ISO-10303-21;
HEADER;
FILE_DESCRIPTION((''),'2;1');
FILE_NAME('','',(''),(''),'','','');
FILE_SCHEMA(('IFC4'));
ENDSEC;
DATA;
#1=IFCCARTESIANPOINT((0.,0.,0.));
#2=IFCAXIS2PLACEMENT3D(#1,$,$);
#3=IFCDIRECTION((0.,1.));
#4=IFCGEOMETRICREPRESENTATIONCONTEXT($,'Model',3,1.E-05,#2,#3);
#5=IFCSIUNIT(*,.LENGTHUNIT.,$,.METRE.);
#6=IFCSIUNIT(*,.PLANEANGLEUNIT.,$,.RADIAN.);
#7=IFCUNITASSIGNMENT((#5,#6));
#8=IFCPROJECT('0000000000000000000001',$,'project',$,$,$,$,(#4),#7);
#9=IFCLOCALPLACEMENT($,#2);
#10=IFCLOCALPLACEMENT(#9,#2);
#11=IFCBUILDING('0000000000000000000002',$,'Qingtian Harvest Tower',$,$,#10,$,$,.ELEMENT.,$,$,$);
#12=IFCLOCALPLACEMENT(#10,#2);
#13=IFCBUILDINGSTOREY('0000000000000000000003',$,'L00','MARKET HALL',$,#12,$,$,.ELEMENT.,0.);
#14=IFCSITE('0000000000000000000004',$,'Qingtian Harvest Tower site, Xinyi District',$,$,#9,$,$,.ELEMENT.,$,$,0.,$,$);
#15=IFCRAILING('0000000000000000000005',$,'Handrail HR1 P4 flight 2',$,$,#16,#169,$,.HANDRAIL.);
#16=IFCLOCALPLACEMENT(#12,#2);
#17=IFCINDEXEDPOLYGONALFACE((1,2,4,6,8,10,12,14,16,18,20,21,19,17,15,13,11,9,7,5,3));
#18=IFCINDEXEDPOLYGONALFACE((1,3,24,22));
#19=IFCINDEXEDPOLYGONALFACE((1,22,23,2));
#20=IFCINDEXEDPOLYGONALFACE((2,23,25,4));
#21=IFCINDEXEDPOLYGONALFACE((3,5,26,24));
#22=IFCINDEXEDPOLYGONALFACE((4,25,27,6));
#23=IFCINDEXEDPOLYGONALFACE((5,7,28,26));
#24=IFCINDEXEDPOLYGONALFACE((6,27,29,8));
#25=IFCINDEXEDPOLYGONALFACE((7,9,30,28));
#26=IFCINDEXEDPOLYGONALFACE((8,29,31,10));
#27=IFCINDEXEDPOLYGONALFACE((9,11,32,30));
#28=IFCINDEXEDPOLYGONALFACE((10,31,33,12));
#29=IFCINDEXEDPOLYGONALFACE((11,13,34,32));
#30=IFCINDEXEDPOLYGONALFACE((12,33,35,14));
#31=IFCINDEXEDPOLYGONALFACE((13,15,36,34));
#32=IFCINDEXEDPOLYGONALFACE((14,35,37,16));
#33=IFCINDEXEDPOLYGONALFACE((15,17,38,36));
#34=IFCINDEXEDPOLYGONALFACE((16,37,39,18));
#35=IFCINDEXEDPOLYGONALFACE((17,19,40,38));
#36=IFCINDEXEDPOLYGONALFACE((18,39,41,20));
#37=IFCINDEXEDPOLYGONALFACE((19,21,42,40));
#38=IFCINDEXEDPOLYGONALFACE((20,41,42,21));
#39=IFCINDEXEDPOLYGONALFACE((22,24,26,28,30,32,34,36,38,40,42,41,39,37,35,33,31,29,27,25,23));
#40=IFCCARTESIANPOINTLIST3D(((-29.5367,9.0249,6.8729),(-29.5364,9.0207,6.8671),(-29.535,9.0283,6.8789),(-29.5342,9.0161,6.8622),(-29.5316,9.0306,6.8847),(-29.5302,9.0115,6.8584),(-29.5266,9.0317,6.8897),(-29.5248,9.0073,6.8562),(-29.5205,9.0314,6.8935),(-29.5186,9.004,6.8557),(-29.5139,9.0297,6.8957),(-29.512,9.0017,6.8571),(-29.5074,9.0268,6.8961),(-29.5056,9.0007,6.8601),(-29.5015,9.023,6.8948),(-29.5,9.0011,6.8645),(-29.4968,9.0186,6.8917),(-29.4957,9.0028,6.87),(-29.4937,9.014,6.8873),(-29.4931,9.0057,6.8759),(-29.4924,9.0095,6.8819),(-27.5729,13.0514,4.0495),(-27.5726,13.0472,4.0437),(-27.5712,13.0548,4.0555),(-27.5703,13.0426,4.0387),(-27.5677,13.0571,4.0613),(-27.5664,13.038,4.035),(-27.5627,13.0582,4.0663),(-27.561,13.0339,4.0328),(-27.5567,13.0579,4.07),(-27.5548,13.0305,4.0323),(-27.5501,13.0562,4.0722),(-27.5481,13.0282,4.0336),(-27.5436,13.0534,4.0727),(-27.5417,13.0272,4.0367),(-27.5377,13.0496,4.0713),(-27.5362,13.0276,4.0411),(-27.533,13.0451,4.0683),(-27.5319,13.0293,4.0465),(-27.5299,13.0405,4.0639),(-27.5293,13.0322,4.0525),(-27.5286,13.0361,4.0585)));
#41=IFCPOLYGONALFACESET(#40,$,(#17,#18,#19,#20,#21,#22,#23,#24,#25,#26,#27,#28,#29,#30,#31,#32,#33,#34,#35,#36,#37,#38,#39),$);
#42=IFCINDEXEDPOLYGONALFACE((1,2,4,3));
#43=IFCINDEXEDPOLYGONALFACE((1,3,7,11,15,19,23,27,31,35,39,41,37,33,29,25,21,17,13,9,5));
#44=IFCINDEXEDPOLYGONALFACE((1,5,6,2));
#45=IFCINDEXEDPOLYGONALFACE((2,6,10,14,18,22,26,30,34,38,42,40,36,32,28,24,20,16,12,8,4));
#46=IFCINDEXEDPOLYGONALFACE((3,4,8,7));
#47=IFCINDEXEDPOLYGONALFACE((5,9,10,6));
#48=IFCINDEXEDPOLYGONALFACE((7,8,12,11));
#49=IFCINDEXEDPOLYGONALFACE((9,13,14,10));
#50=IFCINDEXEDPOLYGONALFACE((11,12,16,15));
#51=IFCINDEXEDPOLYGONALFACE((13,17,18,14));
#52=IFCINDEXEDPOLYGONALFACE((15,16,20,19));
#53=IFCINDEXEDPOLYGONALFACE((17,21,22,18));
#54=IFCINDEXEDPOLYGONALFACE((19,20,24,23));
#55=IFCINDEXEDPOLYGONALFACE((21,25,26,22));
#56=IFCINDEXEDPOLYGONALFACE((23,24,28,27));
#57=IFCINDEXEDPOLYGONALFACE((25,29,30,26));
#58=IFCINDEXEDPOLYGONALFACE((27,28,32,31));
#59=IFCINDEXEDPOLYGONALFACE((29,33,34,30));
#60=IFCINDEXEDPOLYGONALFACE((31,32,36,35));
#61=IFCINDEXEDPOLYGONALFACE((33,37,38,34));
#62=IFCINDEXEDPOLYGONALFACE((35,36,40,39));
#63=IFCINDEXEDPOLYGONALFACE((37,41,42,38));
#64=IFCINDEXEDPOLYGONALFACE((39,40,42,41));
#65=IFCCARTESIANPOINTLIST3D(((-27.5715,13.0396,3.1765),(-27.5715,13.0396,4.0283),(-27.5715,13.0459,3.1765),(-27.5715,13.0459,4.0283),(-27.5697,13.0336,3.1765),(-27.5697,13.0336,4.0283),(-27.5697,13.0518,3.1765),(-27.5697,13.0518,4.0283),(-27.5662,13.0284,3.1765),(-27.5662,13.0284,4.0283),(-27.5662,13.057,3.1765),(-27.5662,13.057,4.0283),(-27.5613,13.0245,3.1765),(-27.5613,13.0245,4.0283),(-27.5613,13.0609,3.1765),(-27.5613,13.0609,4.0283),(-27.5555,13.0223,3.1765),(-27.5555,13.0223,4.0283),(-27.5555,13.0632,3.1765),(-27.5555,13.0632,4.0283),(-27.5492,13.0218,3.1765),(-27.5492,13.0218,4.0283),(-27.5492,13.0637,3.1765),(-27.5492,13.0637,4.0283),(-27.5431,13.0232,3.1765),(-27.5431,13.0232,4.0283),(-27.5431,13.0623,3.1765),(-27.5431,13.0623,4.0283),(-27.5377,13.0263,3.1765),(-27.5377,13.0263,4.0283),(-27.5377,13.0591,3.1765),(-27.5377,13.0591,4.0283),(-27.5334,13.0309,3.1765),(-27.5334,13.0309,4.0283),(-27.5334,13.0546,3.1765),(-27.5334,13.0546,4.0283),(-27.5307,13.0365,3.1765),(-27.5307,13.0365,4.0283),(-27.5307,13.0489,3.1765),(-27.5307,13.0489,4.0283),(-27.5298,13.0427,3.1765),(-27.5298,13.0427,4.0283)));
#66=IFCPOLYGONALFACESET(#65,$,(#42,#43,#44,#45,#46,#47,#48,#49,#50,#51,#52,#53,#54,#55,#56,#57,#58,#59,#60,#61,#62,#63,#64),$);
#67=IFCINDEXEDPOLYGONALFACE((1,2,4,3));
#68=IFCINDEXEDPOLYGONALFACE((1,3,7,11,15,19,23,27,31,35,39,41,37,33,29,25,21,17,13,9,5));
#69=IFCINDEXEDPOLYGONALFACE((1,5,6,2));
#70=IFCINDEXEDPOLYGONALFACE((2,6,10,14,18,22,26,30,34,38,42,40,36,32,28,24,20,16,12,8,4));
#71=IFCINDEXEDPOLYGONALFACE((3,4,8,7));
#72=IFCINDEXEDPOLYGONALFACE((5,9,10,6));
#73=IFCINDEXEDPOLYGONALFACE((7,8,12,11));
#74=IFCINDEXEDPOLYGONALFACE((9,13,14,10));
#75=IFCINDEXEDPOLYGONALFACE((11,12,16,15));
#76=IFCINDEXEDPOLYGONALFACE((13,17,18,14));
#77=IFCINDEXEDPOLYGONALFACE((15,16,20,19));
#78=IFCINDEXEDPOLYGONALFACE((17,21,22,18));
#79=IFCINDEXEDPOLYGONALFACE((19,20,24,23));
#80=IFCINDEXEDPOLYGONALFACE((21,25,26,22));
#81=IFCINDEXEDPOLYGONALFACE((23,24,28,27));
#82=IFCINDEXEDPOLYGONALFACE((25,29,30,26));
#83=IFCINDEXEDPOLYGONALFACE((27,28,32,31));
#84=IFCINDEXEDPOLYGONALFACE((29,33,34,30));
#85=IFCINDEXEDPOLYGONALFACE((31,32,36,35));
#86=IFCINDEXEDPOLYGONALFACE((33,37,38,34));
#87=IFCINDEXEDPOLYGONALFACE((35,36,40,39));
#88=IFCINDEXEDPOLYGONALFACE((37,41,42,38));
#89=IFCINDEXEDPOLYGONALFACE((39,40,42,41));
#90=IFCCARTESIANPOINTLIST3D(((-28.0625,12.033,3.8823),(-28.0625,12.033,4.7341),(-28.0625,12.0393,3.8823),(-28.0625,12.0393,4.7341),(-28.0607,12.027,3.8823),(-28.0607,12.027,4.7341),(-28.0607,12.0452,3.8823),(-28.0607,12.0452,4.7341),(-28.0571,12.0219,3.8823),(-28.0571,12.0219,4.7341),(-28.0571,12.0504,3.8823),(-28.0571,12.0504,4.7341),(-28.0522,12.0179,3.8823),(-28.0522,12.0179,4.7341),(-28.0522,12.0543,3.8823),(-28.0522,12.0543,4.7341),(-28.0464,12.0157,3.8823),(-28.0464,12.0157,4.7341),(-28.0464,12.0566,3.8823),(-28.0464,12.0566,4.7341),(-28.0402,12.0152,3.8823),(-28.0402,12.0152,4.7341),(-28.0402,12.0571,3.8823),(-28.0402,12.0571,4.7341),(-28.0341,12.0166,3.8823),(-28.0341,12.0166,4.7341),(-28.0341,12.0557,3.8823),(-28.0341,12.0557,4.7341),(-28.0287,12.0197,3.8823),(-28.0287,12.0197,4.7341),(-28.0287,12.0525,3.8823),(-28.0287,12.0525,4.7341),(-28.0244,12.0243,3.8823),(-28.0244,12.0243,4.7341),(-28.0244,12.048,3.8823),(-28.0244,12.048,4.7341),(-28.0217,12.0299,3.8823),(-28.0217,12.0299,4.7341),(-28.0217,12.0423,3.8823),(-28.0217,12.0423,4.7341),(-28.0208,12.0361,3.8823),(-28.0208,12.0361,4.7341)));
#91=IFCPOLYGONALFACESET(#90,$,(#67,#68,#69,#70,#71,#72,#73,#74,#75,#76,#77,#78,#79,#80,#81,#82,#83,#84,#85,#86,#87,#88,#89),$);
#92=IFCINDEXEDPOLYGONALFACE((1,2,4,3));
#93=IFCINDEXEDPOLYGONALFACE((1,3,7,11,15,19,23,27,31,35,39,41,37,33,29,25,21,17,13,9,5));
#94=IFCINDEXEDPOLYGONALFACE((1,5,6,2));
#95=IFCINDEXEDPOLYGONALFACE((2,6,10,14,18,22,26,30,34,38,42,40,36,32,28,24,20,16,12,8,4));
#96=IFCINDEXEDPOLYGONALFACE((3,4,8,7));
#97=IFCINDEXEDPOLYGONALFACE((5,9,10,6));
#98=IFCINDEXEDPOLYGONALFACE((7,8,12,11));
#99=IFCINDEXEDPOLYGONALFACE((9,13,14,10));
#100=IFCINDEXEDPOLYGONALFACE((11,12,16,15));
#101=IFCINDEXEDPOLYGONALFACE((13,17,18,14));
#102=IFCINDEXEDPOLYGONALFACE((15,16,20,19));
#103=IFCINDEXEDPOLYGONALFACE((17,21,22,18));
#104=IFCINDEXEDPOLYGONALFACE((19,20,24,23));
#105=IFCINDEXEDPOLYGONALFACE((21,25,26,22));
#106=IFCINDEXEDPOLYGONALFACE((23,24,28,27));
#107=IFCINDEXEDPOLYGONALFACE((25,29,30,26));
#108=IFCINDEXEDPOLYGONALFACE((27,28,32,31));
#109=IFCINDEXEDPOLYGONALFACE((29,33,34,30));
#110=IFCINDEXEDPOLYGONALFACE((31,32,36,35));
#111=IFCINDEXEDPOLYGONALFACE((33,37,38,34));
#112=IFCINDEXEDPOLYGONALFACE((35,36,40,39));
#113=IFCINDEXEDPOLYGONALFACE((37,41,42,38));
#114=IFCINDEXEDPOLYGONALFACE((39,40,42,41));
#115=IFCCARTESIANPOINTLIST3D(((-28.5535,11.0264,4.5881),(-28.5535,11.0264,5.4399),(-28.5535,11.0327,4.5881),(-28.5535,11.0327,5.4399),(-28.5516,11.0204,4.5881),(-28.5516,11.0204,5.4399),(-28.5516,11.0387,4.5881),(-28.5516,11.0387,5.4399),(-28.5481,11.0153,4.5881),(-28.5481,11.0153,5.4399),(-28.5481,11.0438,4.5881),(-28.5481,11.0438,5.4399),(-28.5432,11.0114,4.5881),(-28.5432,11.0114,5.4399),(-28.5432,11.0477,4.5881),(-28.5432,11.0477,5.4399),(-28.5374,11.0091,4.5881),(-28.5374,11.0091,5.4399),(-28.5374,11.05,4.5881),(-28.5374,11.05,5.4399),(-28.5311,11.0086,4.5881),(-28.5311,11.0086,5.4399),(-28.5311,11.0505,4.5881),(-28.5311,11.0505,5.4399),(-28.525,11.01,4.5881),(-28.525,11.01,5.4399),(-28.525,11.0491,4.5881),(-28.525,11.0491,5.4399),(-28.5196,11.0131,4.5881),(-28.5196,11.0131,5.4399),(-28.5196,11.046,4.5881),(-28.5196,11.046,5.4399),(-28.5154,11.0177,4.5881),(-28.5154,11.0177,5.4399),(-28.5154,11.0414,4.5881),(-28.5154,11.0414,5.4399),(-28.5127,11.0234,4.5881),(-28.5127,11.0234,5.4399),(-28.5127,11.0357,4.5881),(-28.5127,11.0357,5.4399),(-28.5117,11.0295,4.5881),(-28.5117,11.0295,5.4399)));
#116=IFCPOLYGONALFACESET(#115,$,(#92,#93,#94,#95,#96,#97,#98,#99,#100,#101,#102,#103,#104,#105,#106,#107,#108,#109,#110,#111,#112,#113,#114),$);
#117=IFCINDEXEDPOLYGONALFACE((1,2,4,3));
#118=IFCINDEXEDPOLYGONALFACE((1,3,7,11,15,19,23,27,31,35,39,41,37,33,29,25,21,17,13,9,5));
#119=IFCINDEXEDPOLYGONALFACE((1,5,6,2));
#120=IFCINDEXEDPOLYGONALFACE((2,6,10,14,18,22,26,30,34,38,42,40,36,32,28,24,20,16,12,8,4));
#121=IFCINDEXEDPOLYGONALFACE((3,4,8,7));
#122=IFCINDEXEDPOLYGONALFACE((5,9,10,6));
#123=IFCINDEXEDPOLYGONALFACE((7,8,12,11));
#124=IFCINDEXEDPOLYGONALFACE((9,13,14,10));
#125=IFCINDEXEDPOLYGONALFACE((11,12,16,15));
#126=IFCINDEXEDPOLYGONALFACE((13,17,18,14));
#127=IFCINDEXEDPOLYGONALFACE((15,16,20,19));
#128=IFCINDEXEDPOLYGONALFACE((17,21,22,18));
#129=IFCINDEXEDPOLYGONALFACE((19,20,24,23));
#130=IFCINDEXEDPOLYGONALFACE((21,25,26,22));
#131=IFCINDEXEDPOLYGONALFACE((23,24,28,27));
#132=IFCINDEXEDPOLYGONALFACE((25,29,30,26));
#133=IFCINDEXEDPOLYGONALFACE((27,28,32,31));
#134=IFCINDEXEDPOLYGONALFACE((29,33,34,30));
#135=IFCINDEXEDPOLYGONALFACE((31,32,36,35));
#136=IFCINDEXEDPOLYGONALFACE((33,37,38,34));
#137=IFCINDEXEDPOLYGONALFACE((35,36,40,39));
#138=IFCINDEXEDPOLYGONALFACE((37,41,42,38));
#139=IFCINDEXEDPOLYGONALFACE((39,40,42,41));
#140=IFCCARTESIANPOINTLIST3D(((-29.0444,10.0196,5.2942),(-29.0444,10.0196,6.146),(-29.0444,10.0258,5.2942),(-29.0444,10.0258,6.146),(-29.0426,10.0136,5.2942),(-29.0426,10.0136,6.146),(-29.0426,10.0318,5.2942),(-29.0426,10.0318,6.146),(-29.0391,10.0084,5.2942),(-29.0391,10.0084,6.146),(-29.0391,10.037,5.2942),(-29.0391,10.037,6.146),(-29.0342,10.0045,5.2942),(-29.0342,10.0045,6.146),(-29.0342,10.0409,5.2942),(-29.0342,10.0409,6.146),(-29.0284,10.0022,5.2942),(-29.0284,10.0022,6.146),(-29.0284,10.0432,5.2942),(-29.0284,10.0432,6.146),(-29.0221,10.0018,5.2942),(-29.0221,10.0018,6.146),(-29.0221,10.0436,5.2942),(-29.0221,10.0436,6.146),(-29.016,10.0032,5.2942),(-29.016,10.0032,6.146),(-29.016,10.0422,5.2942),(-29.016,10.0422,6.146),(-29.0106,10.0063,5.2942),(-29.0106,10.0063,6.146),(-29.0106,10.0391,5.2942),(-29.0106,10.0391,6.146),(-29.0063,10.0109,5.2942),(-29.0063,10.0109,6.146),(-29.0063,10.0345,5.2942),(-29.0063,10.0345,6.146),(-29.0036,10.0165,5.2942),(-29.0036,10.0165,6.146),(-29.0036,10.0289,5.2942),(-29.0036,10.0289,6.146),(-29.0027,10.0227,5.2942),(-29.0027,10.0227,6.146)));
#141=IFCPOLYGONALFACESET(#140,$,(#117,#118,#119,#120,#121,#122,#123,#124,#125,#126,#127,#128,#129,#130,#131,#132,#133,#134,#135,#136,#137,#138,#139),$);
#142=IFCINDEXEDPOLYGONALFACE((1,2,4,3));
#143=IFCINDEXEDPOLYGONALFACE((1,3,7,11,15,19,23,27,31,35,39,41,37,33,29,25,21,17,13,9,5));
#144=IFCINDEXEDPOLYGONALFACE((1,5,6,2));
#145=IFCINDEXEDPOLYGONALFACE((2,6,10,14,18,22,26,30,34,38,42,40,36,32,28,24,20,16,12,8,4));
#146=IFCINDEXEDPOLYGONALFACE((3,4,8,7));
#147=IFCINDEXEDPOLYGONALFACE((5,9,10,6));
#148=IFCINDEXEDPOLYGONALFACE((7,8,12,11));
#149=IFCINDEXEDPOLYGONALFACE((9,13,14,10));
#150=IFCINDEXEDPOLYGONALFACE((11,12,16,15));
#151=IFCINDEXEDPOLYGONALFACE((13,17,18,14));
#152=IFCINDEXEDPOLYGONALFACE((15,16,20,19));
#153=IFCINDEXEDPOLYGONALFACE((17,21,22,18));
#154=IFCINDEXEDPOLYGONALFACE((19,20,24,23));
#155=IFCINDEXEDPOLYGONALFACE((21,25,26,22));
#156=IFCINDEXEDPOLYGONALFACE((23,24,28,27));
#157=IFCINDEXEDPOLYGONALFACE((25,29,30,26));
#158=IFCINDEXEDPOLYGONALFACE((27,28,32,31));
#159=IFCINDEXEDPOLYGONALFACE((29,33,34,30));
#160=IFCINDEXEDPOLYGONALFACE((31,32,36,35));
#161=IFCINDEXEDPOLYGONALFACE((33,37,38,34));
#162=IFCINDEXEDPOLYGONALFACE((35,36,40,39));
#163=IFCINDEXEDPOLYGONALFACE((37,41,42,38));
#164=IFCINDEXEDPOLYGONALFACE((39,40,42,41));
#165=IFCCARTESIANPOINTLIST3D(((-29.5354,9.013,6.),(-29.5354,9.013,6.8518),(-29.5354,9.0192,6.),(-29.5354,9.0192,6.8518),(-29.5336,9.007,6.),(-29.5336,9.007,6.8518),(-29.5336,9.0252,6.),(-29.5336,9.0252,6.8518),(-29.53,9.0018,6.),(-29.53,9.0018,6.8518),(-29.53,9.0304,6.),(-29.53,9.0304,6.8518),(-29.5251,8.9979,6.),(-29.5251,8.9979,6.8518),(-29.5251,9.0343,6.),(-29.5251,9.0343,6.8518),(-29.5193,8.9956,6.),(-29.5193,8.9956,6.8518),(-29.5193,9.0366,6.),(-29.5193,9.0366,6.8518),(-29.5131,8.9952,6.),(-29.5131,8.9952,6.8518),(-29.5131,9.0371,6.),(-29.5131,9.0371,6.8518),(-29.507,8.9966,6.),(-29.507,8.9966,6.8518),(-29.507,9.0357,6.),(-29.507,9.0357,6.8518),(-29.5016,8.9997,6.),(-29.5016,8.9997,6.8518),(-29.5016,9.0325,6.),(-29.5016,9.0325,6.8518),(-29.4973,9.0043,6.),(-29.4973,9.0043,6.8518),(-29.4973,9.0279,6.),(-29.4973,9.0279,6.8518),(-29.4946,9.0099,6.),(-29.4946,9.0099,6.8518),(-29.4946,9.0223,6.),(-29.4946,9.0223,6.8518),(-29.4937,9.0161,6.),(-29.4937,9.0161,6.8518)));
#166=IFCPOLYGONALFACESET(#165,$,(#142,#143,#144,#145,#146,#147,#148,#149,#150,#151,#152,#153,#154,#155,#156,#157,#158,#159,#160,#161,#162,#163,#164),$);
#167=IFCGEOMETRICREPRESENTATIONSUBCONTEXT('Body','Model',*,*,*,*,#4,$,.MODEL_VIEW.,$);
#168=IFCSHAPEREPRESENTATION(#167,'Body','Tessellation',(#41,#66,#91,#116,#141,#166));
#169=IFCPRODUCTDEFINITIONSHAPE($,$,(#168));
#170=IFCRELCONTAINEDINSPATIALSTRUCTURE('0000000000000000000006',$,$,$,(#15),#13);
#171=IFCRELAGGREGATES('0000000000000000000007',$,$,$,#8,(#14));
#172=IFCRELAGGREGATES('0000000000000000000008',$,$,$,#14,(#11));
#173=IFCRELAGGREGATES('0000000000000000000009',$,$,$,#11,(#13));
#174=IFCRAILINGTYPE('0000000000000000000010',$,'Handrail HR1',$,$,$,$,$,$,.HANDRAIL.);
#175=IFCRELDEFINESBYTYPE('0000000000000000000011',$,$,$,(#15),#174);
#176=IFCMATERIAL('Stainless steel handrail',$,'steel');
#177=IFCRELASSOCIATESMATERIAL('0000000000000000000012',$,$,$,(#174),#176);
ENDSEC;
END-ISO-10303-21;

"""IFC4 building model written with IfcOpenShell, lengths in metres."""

from ifc_helpers import new_model, si_unit, direction, frame, origin, origin_2d, place, context, subcontext, project, spatial, circle, extrude, material, type_object, element, save


model = new_model("IFC4")

# Units and contexts
model_context = context("Model", 3, precision=1e-05, world=origin(), true_north=direction((0.0, 1.0)))
body_context = subcontext(model_context, "Body", "Model", "MODEL_VIEW")
ifc_project = project(units=[si_unit("LENGTHUNIT", "METRE"), si_unit("PLANEANGLEUNIT", "RADIAN")], contexts=[model_context])

# Site, building, storey
site_placement = place(None, origin())
site = spatial("IfcSite", under=ifc_project, at=site_placement, Name="Qingtian Harvest Tower site, Xinyi District", CompositionType="ELEMENT", RefElevation=0.0)
building_placement = place(site_placement, origin())
building = spatial("IfcBuilding", under=site, at=building_placement, Name="Qingtian Harvest Tower", CompositionType="ELEMENT")
storey_placement = place(building_placement, origin())
storey = spatial("IfcBuildingStorey", under=building, at=storey_placement, Name="L00", Description="MARKET HALL", CompositionType="ELEMENT", Elevation=0.0)

# Railing
ifc_material_1 = material(Name="Stainless steel handrail", Category="steel")
railing_type = type_object("IfcRailingType", Name="Handrail HR1", PredefinedType="HANDRAIL", material=ifc_material_1)
railing_1_placement = place(storey_placement, frame((-27.5508, 13.0427, 3.1765)))
element("IfcRailing", 1, at=railing_1_placement, inside=storey, type_object=railing_type, Name="Handrail HR1 P4 flight 2", PredefinedType="HANDRAIL", context=body_context, shape_type="SweptSolid", body=[
    extrude(circle(Radius=0.0239, at=origin_2d()), frame((0.0, 0.0, 0.876), z_axis=(-0.370855, -0.760382, 0.533185), x_axis=(0.898798, -0.438364, 0.0)), (0.0, 0.0, 1.0), 5.2954),
    extrude(circle(Radius=0.021, at=origin_2d()), origin(), (0.0, 0.0, 1.0), 0.8518),
    extrude(circle(Radius=0.021, at=origin_2d()), frame((-0.491, -1.0066, 0.7058)), (0.0, 0.0, 1.0), 0.8518),
    extrude(circle(Radius=0.021, at=origin_2d()), frame((-0.9819, -2.0132, 1.4116)), (0.0, 0.0, 1.0), 0.8518),
    extrude(circle(Radius=0.021, at=origin_2d()), frame((-1.4729, -3.02, 2.1177)), (0.0, 0.0, 1.0), 0.8518),
    extrude(circle(Radius=0.021, at=origin_2d()), frame((-1.9639, -4.0266, 2.8235)), (0.0, 0.0, 1.0), 0.8518),
])

save(model, "model.ifc")
